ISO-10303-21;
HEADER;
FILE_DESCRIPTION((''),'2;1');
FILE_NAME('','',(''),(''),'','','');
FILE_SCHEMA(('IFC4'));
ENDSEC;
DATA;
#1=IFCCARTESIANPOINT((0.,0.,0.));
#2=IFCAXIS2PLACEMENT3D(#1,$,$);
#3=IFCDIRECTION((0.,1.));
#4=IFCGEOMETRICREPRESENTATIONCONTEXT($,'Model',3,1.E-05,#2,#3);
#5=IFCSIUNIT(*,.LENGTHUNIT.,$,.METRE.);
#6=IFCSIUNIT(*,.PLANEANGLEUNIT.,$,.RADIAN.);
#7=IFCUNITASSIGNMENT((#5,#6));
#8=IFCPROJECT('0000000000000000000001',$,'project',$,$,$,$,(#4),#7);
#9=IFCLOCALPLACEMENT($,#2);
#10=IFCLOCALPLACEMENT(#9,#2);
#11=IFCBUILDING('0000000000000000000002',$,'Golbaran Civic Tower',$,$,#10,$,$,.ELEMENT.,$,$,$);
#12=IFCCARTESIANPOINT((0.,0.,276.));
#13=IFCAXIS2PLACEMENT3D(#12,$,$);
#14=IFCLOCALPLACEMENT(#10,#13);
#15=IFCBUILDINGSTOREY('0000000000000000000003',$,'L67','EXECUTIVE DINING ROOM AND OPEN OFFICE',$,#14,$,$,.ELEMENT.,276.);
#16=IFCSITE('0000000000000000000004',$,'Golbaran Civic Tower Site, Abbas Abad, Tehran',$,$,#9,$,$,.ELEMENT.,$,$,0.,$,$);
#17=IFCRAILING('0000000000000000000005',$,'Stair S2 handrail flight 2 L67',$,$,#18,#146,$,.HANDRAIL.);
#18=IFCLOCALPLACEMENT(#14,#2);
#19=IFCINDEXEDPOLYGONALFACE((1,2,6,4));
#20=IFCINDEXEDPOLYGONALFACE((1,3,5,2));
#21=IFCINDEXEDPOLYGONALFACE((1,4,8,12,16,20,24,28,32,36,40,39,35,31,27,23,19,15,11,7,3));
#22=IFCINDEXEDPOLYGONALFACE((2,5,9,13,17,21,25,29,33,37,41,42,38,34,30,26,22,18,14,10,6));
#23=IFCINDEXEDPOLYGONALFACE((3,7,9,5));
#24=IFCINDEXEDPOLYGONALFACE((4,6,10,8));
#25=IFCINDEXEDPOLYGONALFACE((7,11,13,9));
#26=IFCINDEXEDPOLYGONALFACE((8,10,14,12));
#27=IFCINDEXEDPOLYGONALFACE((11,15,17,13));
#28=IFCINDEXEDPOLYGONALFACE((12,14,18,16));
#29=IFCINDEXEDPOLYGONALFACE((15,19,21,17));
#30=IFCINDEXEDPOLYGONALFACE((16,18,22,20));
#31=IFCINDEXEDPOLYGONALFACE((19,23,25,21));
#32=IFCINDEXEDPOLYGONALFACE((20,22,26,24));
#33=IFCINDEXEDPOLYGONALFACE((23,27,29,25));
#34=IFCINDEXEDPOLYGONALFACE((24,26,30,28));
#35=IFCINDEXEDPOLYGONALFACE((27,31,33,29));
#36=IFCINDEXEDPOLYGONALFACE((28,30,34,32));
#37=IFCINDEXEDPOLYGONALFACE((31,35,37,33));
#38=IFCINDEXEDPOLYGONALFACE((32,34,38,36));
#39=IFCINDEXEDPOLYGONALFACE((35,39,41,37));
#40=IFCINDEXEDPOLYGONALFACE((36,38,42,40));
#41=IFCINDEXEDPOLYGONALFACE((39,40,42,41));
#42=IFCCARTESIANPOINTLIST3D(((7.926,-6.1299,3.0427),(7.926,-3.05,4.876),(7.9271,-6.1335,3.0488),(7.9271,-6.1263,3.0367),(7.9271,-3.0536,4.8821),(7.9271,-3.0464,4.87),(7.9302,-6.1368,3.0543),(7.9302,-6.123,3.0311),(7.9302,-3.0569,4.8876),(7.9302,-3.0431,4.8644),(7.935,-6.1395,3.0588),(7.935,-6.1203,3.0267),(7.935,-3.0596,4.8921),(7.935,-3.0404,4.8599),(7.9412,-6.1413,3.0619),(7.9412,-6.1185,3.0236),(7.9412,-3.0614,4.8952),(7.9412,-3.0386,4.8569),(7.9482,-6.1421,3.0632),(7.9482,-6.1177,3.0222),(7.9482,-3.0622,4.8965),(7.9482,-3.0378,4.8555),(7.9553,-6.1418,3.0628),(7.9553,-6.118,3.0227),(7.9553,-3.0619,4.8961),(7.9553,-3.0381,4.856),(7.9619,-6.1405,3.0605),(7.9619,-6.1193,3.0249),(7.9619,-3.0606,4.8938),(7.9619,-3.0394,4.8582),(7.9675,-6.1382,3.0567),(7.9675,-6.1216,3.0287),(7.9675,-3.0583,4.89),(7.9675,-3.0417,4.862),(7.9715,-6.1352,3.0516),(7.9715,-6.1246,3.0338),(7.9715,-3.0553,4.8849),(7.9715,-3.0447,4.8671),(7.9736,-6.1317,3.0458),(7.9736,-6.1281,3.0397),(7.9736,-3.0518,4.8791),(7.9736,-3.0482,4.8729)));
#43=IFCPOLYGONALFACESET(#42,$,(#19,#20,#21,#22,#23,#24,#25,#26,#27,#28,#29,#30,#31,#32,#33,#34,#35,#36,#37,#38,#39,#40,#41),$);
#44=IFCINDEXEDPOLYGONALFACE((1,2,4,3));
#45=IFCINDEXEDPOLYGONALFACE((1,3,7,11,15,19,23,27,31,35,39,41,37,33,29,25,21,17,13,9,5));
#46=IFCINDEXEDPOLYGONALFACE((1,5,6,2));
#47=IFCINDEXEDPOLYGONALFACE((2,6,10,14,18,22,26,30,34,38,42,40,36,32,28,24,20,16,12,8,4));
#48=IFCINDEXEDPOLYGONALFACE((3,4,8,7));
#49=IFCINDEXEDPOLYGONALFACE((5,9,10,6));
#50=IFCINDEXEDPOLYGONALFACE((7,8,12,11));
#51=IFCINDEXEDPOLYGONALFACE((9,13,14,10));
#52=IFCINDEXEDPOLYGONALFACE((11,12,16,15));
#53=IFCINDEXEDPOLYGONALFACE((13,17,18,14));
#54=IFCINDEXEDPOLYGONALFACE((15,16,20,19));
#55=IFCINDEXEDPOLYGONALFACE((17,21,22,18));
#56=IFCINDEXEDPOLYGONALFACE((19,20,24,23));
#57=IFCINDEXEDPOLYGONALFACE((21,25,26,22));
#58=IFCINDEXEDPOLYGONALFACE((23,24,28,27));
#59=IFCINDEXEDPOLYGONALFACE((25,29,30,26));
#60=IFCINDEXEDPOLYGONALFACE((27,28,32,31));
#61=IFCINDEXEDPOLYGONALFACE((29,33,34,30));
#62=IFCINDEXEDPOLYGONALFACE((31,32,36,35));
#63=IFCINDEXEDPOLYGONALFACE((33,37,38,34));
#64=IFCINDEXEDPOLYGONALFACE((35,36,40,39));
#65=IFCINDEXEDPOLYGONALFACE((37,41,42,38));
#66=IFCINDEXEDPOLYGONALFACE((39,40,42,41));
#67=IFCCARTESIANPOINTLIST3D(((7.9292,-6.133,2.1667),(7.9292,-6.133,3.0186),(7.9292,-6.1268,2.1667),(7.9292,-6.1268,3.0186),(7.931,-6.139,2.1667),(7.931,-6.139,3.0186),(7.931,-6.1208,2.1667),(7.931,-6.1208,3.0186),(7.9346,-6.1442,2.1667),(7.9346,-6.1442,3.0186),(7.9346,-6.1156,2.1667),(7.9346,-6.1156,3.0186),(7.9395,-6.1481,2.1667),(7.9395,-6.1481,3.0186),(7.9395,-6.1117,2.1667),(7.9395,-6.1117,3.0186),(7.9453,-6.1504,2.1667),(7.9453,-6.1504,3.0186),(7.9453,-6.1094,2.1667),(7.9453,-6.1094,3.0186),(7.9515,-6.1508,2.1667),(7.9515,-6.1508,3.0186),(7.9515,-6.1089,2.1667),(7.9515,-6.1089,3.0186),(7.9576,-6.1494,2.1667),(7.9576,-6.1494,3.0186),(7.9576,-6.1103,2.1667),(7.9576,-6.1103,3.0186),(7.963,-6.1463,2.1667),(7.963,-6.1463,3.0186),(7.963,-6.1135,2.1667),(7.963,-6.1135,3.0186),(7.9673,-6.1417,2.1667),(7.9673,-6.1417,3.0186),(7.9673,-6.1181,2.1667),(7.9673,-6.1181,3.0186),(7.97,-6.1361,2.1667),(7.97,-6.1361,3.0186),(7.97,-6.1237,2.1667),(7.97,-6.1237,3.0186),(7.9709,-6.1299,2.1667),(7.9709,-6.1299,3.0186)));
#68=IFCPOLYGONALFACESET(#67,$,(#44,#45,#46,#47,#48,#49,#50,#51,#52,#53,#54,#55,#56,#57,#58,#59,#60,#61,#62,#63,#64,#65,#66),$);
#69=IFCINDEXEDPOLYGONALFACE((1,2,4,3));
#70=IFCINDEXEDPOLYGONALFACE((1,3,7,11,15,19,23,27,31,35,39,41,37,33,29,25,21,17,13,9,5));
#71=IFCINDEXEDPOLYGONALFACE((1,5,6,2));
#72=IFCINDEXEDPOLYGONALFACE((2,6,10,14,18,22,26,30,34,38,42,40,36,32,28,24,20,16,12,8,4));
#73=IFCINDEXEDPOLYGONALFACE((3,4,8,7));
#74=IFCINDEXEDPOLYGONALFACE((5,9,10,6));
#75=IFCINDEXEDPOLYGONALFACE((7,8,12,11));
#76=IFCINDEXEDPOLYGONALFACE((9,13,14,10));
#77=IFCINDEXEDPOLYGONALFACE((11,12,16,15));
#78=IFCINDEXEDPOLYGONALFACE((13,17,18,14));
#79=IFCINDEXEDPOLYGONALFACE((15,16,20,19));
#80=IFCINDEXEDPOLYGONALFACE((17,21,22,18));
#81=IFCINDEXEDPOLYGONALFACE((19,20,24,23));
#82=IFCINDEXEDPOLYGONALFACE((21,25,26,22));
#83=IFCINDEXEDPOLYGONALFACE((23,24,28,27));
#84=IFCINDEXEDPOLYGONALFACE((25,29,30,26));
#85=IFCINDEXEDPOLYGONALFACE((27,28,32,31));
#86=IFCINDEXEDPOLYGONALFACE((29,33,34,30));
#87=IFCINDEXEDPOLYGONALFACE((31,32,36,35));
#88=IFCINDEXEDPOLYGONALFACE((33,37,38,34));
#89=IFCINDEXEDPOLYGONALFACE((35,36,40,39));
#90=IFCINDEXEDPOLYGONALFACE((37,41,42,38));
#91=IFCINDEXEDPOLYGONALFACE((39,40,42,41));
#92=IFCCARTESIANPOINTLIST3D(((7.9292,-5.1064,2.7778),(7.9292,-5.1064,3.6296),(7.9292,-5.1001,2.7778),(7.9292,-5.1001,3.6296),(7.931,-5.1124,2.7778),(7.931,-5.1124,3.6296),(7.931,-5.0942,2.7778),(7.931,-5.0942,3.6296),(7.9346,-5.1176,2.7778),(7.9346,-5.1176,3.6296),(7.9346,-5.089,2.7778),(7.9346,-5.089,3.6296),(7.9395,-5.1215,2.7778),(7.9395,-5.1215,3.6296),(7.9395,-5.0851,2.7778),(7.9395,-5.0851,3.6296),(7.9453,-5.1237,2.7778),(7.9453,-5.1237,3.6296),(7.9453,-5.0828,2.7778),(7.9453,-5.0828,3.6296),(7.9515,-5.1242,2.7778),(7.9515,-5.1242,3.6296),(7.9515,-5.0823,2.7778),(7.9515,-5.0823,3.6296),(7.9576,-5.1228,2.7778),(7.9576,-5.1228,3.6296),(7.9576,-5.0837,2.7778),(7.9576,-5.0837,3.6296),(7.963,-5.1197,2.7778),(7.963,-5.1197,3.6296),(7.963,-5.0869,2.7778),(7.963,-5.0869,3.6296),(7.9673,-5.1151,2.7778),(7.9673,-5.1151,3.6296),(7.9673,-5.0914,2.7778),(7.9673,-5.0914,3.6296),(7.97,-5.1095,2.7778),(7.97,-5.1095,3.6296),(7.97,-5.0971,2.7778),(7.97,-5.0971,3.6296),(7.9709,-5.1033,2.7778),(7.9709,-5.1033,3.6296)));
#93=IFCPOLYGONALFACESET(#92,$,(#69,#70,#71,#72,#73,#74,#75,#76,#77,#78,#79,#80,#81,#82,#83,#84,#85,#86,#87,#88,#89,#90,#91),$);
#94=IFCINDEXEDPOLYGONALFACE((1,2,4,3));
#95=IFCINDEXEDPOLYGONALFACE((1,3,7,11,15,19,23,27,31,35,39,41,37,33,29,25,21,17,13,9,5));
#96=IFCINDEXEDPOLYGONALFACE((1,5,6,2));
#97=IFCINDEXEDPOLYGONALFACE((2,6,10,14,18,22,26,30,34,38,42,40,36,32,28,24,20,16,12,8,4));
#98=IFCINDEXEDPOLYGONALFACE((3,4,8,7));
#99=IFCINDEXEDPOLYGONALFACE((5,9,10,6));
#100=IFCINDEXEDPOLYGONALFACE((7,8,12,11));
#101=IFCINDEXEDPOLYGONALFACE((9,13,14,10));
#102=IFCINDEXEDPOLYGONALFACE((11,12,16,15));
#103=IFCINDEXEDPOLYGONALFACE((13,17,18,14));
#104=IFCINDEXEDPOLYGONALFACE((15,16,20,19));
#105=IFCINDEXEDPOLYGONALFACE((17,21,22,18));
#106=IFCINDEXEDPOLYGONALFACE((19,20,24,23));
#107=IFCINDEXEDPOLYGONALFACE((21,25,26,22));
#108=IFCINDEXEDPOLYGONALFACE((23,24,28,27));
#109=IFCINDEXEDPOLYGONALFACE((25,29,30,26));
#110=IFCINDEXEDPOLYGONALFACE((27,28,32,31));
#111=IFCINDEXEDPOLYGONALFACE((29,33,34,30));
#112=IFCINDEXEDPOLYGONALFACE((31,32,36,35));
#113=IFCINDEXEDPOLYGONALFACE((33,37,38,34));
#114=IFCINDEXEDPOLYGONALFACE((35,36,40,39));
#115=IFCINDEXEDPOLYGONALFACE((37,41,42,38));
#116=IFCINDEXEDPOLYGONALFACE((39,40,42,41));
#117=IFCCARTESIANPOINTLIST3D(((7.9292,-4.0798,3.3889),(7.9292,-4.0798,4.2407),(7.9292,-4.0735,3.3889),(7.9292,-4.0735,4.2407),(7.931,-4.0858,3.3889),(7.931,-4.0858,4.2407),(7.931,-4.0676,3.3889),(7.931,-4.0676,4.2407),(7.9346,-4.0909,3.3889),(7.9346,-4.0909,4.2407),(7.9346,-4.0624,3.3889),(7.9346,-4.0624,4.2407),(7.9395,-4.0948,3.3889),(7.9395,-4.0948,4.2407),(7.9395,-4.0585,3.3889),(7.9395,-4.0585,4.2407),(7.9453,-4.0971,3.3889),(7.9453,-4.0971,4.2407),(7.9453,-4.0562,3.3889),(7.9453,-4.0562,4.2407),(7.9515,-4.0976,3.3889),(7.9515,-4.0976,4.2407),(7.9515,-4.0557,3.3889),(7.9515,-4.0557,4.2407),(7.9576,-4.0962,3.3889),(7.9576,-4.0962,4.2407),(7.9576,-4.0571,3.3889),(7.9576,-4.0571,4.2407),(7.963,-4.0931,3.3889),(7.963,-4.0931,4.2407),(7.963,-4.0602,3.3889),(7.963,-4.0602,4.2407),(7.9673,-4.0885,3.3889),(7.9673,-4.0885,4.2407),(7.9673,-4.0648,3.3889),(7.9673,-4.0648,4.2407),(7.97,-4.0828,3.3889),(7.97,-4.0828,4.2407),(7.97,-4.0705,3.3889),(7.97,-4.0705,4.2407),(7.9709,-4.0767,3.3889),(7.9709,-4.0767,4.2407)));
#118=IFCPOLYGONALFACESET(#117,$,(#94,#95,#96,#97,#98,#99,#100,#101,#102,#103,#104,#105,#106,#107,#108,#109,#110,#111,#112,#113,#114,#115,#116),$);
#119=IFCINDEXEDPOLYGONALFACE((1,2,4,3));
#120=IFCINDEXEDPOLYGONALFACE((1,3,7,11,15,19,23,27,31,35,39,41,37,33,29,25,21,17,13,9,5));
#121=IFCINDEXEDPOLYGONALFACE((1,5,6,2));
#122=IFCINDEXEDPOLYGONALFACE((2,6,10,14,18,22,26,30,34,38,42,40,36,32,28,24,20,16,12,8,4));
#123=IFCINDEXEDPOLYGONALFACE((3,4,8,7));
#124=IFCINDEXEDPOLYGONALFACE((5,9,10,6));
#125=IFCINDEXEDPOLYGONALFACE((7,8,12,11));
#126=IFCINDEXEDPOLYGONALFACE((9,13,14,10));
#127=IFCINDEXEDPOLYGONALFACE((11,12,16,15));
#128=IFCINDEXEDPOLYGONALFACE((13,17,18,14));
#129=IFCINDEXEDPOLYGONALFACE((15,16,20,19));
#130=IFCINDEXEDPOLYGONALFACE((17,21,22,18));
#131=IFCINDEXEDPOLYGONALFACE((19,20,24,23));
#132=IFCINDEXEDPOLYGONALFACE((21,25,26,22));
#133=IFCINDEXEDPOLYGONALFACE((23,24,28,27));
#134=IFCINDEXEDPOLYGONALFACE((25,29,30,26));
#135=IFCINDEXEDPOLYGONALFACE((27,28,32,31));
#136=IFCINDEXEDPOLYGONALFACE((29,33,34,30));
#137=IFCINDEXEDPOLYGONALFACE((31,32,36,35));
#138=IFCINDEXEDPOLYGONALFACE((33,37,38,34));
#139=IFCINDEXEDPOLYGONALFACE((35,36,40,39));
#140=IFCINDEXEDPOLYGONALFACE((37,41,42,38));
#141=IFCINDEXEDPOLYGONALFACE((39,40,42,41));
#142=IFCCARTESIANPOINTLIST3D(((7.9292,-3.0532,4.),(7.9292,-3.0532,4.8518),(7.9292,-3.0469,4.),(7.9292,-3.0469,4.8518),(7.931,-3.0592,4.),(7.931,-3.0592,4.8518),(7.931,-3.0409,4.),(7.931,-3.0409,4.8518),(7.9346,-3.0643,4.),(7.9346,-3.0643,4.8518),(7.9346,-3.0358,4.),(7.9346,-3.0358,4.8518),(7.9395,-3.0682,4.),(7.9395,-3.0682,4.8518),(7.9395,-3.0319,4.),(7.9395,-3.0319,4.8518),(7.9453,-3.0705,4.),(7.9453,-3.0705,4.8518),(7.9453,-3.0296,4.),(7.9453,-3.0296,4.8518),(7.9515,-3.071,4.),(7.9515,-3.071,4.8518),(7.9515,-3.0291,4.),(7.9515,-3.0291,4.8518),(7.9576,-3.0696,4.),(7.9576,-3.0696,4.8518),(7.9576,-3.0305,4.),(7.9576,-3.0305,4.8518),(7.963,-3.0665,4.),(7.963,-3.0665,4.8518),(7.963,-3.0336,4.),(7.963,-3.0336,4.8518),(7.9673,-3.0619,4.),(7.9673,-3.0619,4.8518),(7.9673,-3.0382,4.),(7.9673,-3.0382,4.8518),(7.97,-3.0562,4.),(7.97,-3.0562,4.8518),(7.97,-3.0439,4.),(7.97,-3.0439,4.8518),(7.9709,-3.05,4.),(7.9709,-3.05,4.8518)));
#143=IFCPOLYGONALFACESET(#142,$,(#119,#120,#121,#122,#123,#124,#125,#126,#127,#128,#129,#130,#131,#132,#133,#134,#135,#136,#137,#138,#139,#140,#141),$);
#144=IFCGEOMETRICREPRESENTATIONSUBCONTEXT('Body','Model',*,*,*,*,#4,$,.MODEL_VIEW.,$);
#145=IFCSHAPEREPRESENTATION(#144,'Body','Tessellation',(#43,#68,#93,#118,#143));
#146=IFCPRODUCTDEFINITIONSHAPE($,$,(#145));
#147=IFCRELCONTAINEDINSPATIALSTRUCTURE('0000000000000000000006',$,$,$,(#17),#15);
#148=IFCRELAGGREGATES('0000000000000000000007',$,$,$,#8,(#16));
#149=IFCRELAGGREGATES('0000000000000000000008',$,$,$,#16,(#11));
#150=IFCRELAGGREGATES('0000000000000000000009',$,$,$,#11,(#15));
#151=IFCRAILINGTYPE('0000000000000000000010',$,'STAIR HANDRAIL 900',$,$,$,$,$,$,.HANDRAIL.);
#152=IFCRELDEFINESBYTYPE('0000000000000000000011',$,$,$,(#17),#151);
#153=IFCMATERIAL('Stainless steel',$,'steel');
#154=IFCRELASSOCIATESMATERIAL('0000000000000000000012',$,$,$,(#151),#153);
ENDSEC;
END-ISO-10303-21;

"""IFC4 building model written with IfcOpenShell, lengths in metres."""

from ifc_helpers import new_model, si_unit, direction, frame, origin, origin_2d, place, context, subcontext, project, spatial, circle, extrude, material, type_object, element, save


model = new_model("IFC4")

# Units and contexts
model_context = context("Model", 3, precision=1e-05, world=origin(), true_north=direction((0.0, 1.0)))
body_context = subcontext(model_context, "Body", "Model", "MODEL_VIEW")
ifc_project = project(units=[si_unit("LENGTHUNIT", "METRE"), si_unit("PLANEANGLEUNIT", "RADIAN")], contexts=[model_context])

# Site, building, storey
site_placement = place(None, origin())
site = spatial("IfcSite", under=ifc_project, at=site_placement, Name="Golbaran Civic Tower Site, Abbas Abad, Tehran", CompositionType="ELEMENT", RefElevation=0.0)
building_placement = place(site_placement, origin())
building = spatial("IfcBuilding", under=site, at=building_placement, Name="Golbaran Civic Tower", CompositionType="ELEMENT")
storey_placement = place(building_placement, frame((0.0, 0.0, 276.0)))
storey = spatial("IfcBuildingStorey", under=building, at=storey_placement, Name="L67", Description="EXECUTIVE DINING ROOM AND OPEN OFFICE", CompositionType="ELEMENT", Elevation=276.0)

# Shared definitions
ifc_material_1 = material(Name="Stainless steel", Category="steel")

# Railing
railing_type = type_object("IfcRailingType", Name="STAIR HANDRAIL 900", PredefinedType="HANDRAIL", material=ifc_material_1)
railing_1_placement = place(storey_placement, frame((7.95, -6.1299, 2.1667)))
element("IfcRailing", 1, at=railing_1_placement, inside=storey, type_object=railing_type, Name="Stair S2 handrail flight 2 L67", PredefinedType="HANDRAIL", context=body_context, shape_type="SweptSolid", body=[
    extrude(circle(Radius=0.0239, at=origin_2d()), frame((0.0, 0.0, 0.876), z_axis=(0.0, 0.859291, 0.511487), x_axis=(-1.0, 0.0, 0.0)), (0.0, 0.0, 1.0), 3.5842),
    extrude(circle(Radius=0.021, at=origin_2d()), origin(), (0.0, 0.0, 1.0), 0.8518),
    extrude(circle(Radius=0.021, at=origin_2d()), frame((0.0, 1.0266, 0.6111)), (0.0, 0.0, 1.0), 0.8518),
    extrude(circle(Radius=0.021, at=origin_2d()), frame((0.0, 2.0532, 1.2222)), (0.0, 0.0, 1.0), 0.8518),
    extrude(circle(Radius=0.021, at=origin_2d()), frame((0.0, 3.0798, 1.8333)), (0.0, 0.0, 1.0), 0.8518),
])

save(model, "model.ifc")
